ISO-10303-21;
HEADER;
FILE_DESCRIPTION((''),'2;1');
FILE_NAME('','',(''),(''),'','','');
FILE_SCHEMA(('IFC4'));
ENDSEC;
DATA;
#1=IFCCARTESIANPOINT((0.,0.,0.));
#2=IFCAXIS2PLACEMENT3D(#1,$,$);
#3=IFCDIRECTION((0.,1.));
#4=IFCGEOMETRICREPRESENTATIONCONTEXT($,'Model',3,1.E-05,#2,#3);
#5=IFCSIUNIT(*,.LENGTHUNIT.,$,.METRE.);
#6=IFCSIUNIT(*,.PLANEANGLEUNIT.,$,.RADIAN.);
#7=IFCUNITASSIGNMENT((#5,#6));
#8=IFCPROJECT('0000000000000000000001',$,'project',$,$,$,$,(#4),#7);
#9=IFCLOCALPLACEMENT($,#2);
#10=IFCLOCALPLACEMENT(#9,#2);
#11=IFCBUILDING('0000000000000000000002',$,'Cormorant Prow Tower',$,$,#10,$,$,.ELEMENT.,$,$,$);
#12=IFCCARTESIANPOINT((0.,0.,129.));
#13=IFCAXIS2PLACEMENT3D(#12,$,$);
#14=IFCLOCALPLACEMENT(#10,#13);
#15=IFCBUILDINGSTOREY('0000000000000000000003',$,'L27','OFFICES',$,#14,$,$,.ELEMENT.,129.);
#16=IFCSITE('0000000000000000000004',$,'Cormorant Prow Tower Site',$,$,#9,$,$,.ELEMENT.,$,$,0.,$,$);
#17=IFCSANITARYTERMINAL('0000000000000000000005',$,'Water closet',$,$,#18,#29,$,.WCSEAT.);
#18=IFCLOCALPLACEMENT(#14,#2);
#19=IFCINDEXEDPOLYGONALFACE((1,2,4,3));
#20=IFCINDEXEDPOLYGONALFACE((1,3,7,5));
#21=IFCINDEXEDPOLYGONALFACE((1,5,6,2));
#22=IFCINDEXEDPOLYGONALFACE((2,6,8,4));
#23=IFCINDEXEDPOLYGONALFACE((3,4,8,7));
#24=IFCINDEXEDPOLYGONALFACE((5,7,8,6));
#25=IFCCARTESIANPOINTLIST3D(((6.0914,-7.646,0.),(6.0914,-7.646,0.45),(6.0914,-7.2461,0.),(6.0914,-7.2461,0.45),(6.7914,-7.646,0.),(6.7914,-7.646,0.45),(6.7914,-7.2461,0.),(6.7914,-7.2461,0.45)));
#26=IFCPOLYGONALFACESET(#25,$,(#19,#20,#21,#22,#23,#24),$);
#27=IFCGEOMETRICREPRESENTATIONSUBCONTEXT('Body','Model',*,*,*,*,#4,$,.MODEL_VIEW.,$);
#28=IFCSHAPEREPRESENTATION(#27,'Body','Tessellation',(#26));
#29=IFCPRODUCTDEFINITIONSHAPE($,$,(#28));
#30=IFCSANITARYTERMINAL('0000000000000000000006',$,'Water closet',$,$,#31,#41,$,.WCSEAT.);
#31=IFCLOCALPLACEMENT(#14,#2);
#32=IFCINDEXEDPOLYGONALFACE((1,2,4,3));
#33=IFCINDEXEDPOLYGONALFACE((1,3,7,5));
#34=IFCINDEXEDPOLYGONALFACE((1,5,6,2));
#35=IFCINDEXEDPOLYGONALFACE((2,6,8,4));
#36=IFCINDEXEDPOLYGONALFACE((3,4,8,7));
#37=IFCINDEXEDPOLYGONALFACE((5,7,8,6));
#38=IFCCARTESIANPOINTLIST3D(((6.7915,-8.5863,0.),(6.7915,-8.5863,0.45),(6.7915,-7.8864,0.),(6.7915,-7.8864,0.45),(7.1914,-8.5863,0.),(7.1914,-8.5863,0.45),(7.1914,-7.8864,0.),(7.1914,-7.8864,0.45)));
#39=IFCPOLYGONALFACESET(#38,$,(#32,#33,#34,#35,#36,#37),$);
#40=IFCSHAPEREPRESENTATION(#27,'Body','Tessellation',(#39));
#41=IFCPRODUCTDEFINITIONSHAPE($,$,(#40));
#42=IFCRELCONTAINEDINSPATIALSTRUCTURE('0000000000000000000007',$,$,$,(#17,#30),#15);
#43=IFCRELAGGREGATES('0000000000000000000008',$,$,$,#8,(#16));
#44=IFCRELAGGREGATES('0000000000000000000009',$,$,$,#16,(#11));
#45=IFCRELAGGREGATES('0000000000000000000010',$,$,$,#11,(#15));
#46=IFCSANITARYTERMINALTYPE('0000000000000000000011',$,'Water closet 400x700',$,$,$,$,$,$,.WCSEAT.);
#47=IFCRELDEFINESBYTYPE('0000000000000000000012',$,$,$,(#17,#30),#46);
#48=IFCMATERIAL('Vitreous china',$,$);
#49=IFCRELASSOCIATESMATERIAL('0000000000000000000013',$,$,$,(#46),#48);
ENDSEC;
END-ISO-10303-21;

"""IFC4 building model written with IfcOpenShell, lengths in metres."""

from ifc_helpers import new_model, si_unit, direction, frame, origin, origin_2d, place, context, subcontext, project, spatial, rectangle, extrude, material, type_object, element, save


model = new_model("IFC4")

# Units and contexts
model_context = context("Model", 3, precision=1e-05, world=origin(), true_north=direction((0.0, 1.0)))
body_context = subcontext(model_context, "Body", "Model", "MODEL_VIEW")
ifc_project = project(units=[si_unit("LENGTHUNIT", "METRE"), si_unit("PLANEANGLEUNIT", "RADIAN")], contexts=[model_context])

# Site, building, storey
site_placement = place(None, origin())
site = spatial("IfcSite", under=ifc_project, at=site_placement, Name="Cormorant Prow Tower Site", CompositionType="ELEMENT", RefElevation=0.0)
building_placement = place(site_placement, origin())
building = spatial("IfcBuilding", under=site, at=building_placement, Name="Cormorant Prow Tower", CompositionType="ELEMENT")
storey_placement = place(building_placement, frame((0.0, 0.0, 129.0)))
storey = spatial("IfcBuildingStorey", under=building, at=storey_placement, Name="L27", Description="OFFICES", CompositionType="ELEMENT", Elevation=129.0)

# Sanitary terminals
ifc_material_1 = material(Name="Vitreous china")
sanitary_terminal_type_1 = type_object("IfcSanitaryTerminalType", Name="Water closet 400x700", PredefinedType="WCSEAT", material=ifc_material_1)
for number, where, z_axis, x_axis, name in (
    (1, (6.4414, -7.446, 0.0), (0.0, 0.0, 1.0), (0.0, -1.0, 0.0), "Water closet"),
    (2, (6.9915, -8.2363, 0.0), (0.0, 0.0, 1.0), (1.0, 0.0, 0.0), "Water closet"),
):
    element("IfcSanitaryTerminal", number, at=place(storey_placement, frame(where, z_axis=z_axis, x_axis=x_axis)), inside=storey, type_object=sanitary_terminal_type_1, Name=name, PredefinedType="WCSEAT", context=body_context, shape_type="SweptSolid", body=[
        extrude(rectangle(XDim=0.3999, YDim=0.7, at=origin_2d()), origin(), (0.0, 0.0, 1.0), 0.45),
    ])

save(model, "model.ifc")
